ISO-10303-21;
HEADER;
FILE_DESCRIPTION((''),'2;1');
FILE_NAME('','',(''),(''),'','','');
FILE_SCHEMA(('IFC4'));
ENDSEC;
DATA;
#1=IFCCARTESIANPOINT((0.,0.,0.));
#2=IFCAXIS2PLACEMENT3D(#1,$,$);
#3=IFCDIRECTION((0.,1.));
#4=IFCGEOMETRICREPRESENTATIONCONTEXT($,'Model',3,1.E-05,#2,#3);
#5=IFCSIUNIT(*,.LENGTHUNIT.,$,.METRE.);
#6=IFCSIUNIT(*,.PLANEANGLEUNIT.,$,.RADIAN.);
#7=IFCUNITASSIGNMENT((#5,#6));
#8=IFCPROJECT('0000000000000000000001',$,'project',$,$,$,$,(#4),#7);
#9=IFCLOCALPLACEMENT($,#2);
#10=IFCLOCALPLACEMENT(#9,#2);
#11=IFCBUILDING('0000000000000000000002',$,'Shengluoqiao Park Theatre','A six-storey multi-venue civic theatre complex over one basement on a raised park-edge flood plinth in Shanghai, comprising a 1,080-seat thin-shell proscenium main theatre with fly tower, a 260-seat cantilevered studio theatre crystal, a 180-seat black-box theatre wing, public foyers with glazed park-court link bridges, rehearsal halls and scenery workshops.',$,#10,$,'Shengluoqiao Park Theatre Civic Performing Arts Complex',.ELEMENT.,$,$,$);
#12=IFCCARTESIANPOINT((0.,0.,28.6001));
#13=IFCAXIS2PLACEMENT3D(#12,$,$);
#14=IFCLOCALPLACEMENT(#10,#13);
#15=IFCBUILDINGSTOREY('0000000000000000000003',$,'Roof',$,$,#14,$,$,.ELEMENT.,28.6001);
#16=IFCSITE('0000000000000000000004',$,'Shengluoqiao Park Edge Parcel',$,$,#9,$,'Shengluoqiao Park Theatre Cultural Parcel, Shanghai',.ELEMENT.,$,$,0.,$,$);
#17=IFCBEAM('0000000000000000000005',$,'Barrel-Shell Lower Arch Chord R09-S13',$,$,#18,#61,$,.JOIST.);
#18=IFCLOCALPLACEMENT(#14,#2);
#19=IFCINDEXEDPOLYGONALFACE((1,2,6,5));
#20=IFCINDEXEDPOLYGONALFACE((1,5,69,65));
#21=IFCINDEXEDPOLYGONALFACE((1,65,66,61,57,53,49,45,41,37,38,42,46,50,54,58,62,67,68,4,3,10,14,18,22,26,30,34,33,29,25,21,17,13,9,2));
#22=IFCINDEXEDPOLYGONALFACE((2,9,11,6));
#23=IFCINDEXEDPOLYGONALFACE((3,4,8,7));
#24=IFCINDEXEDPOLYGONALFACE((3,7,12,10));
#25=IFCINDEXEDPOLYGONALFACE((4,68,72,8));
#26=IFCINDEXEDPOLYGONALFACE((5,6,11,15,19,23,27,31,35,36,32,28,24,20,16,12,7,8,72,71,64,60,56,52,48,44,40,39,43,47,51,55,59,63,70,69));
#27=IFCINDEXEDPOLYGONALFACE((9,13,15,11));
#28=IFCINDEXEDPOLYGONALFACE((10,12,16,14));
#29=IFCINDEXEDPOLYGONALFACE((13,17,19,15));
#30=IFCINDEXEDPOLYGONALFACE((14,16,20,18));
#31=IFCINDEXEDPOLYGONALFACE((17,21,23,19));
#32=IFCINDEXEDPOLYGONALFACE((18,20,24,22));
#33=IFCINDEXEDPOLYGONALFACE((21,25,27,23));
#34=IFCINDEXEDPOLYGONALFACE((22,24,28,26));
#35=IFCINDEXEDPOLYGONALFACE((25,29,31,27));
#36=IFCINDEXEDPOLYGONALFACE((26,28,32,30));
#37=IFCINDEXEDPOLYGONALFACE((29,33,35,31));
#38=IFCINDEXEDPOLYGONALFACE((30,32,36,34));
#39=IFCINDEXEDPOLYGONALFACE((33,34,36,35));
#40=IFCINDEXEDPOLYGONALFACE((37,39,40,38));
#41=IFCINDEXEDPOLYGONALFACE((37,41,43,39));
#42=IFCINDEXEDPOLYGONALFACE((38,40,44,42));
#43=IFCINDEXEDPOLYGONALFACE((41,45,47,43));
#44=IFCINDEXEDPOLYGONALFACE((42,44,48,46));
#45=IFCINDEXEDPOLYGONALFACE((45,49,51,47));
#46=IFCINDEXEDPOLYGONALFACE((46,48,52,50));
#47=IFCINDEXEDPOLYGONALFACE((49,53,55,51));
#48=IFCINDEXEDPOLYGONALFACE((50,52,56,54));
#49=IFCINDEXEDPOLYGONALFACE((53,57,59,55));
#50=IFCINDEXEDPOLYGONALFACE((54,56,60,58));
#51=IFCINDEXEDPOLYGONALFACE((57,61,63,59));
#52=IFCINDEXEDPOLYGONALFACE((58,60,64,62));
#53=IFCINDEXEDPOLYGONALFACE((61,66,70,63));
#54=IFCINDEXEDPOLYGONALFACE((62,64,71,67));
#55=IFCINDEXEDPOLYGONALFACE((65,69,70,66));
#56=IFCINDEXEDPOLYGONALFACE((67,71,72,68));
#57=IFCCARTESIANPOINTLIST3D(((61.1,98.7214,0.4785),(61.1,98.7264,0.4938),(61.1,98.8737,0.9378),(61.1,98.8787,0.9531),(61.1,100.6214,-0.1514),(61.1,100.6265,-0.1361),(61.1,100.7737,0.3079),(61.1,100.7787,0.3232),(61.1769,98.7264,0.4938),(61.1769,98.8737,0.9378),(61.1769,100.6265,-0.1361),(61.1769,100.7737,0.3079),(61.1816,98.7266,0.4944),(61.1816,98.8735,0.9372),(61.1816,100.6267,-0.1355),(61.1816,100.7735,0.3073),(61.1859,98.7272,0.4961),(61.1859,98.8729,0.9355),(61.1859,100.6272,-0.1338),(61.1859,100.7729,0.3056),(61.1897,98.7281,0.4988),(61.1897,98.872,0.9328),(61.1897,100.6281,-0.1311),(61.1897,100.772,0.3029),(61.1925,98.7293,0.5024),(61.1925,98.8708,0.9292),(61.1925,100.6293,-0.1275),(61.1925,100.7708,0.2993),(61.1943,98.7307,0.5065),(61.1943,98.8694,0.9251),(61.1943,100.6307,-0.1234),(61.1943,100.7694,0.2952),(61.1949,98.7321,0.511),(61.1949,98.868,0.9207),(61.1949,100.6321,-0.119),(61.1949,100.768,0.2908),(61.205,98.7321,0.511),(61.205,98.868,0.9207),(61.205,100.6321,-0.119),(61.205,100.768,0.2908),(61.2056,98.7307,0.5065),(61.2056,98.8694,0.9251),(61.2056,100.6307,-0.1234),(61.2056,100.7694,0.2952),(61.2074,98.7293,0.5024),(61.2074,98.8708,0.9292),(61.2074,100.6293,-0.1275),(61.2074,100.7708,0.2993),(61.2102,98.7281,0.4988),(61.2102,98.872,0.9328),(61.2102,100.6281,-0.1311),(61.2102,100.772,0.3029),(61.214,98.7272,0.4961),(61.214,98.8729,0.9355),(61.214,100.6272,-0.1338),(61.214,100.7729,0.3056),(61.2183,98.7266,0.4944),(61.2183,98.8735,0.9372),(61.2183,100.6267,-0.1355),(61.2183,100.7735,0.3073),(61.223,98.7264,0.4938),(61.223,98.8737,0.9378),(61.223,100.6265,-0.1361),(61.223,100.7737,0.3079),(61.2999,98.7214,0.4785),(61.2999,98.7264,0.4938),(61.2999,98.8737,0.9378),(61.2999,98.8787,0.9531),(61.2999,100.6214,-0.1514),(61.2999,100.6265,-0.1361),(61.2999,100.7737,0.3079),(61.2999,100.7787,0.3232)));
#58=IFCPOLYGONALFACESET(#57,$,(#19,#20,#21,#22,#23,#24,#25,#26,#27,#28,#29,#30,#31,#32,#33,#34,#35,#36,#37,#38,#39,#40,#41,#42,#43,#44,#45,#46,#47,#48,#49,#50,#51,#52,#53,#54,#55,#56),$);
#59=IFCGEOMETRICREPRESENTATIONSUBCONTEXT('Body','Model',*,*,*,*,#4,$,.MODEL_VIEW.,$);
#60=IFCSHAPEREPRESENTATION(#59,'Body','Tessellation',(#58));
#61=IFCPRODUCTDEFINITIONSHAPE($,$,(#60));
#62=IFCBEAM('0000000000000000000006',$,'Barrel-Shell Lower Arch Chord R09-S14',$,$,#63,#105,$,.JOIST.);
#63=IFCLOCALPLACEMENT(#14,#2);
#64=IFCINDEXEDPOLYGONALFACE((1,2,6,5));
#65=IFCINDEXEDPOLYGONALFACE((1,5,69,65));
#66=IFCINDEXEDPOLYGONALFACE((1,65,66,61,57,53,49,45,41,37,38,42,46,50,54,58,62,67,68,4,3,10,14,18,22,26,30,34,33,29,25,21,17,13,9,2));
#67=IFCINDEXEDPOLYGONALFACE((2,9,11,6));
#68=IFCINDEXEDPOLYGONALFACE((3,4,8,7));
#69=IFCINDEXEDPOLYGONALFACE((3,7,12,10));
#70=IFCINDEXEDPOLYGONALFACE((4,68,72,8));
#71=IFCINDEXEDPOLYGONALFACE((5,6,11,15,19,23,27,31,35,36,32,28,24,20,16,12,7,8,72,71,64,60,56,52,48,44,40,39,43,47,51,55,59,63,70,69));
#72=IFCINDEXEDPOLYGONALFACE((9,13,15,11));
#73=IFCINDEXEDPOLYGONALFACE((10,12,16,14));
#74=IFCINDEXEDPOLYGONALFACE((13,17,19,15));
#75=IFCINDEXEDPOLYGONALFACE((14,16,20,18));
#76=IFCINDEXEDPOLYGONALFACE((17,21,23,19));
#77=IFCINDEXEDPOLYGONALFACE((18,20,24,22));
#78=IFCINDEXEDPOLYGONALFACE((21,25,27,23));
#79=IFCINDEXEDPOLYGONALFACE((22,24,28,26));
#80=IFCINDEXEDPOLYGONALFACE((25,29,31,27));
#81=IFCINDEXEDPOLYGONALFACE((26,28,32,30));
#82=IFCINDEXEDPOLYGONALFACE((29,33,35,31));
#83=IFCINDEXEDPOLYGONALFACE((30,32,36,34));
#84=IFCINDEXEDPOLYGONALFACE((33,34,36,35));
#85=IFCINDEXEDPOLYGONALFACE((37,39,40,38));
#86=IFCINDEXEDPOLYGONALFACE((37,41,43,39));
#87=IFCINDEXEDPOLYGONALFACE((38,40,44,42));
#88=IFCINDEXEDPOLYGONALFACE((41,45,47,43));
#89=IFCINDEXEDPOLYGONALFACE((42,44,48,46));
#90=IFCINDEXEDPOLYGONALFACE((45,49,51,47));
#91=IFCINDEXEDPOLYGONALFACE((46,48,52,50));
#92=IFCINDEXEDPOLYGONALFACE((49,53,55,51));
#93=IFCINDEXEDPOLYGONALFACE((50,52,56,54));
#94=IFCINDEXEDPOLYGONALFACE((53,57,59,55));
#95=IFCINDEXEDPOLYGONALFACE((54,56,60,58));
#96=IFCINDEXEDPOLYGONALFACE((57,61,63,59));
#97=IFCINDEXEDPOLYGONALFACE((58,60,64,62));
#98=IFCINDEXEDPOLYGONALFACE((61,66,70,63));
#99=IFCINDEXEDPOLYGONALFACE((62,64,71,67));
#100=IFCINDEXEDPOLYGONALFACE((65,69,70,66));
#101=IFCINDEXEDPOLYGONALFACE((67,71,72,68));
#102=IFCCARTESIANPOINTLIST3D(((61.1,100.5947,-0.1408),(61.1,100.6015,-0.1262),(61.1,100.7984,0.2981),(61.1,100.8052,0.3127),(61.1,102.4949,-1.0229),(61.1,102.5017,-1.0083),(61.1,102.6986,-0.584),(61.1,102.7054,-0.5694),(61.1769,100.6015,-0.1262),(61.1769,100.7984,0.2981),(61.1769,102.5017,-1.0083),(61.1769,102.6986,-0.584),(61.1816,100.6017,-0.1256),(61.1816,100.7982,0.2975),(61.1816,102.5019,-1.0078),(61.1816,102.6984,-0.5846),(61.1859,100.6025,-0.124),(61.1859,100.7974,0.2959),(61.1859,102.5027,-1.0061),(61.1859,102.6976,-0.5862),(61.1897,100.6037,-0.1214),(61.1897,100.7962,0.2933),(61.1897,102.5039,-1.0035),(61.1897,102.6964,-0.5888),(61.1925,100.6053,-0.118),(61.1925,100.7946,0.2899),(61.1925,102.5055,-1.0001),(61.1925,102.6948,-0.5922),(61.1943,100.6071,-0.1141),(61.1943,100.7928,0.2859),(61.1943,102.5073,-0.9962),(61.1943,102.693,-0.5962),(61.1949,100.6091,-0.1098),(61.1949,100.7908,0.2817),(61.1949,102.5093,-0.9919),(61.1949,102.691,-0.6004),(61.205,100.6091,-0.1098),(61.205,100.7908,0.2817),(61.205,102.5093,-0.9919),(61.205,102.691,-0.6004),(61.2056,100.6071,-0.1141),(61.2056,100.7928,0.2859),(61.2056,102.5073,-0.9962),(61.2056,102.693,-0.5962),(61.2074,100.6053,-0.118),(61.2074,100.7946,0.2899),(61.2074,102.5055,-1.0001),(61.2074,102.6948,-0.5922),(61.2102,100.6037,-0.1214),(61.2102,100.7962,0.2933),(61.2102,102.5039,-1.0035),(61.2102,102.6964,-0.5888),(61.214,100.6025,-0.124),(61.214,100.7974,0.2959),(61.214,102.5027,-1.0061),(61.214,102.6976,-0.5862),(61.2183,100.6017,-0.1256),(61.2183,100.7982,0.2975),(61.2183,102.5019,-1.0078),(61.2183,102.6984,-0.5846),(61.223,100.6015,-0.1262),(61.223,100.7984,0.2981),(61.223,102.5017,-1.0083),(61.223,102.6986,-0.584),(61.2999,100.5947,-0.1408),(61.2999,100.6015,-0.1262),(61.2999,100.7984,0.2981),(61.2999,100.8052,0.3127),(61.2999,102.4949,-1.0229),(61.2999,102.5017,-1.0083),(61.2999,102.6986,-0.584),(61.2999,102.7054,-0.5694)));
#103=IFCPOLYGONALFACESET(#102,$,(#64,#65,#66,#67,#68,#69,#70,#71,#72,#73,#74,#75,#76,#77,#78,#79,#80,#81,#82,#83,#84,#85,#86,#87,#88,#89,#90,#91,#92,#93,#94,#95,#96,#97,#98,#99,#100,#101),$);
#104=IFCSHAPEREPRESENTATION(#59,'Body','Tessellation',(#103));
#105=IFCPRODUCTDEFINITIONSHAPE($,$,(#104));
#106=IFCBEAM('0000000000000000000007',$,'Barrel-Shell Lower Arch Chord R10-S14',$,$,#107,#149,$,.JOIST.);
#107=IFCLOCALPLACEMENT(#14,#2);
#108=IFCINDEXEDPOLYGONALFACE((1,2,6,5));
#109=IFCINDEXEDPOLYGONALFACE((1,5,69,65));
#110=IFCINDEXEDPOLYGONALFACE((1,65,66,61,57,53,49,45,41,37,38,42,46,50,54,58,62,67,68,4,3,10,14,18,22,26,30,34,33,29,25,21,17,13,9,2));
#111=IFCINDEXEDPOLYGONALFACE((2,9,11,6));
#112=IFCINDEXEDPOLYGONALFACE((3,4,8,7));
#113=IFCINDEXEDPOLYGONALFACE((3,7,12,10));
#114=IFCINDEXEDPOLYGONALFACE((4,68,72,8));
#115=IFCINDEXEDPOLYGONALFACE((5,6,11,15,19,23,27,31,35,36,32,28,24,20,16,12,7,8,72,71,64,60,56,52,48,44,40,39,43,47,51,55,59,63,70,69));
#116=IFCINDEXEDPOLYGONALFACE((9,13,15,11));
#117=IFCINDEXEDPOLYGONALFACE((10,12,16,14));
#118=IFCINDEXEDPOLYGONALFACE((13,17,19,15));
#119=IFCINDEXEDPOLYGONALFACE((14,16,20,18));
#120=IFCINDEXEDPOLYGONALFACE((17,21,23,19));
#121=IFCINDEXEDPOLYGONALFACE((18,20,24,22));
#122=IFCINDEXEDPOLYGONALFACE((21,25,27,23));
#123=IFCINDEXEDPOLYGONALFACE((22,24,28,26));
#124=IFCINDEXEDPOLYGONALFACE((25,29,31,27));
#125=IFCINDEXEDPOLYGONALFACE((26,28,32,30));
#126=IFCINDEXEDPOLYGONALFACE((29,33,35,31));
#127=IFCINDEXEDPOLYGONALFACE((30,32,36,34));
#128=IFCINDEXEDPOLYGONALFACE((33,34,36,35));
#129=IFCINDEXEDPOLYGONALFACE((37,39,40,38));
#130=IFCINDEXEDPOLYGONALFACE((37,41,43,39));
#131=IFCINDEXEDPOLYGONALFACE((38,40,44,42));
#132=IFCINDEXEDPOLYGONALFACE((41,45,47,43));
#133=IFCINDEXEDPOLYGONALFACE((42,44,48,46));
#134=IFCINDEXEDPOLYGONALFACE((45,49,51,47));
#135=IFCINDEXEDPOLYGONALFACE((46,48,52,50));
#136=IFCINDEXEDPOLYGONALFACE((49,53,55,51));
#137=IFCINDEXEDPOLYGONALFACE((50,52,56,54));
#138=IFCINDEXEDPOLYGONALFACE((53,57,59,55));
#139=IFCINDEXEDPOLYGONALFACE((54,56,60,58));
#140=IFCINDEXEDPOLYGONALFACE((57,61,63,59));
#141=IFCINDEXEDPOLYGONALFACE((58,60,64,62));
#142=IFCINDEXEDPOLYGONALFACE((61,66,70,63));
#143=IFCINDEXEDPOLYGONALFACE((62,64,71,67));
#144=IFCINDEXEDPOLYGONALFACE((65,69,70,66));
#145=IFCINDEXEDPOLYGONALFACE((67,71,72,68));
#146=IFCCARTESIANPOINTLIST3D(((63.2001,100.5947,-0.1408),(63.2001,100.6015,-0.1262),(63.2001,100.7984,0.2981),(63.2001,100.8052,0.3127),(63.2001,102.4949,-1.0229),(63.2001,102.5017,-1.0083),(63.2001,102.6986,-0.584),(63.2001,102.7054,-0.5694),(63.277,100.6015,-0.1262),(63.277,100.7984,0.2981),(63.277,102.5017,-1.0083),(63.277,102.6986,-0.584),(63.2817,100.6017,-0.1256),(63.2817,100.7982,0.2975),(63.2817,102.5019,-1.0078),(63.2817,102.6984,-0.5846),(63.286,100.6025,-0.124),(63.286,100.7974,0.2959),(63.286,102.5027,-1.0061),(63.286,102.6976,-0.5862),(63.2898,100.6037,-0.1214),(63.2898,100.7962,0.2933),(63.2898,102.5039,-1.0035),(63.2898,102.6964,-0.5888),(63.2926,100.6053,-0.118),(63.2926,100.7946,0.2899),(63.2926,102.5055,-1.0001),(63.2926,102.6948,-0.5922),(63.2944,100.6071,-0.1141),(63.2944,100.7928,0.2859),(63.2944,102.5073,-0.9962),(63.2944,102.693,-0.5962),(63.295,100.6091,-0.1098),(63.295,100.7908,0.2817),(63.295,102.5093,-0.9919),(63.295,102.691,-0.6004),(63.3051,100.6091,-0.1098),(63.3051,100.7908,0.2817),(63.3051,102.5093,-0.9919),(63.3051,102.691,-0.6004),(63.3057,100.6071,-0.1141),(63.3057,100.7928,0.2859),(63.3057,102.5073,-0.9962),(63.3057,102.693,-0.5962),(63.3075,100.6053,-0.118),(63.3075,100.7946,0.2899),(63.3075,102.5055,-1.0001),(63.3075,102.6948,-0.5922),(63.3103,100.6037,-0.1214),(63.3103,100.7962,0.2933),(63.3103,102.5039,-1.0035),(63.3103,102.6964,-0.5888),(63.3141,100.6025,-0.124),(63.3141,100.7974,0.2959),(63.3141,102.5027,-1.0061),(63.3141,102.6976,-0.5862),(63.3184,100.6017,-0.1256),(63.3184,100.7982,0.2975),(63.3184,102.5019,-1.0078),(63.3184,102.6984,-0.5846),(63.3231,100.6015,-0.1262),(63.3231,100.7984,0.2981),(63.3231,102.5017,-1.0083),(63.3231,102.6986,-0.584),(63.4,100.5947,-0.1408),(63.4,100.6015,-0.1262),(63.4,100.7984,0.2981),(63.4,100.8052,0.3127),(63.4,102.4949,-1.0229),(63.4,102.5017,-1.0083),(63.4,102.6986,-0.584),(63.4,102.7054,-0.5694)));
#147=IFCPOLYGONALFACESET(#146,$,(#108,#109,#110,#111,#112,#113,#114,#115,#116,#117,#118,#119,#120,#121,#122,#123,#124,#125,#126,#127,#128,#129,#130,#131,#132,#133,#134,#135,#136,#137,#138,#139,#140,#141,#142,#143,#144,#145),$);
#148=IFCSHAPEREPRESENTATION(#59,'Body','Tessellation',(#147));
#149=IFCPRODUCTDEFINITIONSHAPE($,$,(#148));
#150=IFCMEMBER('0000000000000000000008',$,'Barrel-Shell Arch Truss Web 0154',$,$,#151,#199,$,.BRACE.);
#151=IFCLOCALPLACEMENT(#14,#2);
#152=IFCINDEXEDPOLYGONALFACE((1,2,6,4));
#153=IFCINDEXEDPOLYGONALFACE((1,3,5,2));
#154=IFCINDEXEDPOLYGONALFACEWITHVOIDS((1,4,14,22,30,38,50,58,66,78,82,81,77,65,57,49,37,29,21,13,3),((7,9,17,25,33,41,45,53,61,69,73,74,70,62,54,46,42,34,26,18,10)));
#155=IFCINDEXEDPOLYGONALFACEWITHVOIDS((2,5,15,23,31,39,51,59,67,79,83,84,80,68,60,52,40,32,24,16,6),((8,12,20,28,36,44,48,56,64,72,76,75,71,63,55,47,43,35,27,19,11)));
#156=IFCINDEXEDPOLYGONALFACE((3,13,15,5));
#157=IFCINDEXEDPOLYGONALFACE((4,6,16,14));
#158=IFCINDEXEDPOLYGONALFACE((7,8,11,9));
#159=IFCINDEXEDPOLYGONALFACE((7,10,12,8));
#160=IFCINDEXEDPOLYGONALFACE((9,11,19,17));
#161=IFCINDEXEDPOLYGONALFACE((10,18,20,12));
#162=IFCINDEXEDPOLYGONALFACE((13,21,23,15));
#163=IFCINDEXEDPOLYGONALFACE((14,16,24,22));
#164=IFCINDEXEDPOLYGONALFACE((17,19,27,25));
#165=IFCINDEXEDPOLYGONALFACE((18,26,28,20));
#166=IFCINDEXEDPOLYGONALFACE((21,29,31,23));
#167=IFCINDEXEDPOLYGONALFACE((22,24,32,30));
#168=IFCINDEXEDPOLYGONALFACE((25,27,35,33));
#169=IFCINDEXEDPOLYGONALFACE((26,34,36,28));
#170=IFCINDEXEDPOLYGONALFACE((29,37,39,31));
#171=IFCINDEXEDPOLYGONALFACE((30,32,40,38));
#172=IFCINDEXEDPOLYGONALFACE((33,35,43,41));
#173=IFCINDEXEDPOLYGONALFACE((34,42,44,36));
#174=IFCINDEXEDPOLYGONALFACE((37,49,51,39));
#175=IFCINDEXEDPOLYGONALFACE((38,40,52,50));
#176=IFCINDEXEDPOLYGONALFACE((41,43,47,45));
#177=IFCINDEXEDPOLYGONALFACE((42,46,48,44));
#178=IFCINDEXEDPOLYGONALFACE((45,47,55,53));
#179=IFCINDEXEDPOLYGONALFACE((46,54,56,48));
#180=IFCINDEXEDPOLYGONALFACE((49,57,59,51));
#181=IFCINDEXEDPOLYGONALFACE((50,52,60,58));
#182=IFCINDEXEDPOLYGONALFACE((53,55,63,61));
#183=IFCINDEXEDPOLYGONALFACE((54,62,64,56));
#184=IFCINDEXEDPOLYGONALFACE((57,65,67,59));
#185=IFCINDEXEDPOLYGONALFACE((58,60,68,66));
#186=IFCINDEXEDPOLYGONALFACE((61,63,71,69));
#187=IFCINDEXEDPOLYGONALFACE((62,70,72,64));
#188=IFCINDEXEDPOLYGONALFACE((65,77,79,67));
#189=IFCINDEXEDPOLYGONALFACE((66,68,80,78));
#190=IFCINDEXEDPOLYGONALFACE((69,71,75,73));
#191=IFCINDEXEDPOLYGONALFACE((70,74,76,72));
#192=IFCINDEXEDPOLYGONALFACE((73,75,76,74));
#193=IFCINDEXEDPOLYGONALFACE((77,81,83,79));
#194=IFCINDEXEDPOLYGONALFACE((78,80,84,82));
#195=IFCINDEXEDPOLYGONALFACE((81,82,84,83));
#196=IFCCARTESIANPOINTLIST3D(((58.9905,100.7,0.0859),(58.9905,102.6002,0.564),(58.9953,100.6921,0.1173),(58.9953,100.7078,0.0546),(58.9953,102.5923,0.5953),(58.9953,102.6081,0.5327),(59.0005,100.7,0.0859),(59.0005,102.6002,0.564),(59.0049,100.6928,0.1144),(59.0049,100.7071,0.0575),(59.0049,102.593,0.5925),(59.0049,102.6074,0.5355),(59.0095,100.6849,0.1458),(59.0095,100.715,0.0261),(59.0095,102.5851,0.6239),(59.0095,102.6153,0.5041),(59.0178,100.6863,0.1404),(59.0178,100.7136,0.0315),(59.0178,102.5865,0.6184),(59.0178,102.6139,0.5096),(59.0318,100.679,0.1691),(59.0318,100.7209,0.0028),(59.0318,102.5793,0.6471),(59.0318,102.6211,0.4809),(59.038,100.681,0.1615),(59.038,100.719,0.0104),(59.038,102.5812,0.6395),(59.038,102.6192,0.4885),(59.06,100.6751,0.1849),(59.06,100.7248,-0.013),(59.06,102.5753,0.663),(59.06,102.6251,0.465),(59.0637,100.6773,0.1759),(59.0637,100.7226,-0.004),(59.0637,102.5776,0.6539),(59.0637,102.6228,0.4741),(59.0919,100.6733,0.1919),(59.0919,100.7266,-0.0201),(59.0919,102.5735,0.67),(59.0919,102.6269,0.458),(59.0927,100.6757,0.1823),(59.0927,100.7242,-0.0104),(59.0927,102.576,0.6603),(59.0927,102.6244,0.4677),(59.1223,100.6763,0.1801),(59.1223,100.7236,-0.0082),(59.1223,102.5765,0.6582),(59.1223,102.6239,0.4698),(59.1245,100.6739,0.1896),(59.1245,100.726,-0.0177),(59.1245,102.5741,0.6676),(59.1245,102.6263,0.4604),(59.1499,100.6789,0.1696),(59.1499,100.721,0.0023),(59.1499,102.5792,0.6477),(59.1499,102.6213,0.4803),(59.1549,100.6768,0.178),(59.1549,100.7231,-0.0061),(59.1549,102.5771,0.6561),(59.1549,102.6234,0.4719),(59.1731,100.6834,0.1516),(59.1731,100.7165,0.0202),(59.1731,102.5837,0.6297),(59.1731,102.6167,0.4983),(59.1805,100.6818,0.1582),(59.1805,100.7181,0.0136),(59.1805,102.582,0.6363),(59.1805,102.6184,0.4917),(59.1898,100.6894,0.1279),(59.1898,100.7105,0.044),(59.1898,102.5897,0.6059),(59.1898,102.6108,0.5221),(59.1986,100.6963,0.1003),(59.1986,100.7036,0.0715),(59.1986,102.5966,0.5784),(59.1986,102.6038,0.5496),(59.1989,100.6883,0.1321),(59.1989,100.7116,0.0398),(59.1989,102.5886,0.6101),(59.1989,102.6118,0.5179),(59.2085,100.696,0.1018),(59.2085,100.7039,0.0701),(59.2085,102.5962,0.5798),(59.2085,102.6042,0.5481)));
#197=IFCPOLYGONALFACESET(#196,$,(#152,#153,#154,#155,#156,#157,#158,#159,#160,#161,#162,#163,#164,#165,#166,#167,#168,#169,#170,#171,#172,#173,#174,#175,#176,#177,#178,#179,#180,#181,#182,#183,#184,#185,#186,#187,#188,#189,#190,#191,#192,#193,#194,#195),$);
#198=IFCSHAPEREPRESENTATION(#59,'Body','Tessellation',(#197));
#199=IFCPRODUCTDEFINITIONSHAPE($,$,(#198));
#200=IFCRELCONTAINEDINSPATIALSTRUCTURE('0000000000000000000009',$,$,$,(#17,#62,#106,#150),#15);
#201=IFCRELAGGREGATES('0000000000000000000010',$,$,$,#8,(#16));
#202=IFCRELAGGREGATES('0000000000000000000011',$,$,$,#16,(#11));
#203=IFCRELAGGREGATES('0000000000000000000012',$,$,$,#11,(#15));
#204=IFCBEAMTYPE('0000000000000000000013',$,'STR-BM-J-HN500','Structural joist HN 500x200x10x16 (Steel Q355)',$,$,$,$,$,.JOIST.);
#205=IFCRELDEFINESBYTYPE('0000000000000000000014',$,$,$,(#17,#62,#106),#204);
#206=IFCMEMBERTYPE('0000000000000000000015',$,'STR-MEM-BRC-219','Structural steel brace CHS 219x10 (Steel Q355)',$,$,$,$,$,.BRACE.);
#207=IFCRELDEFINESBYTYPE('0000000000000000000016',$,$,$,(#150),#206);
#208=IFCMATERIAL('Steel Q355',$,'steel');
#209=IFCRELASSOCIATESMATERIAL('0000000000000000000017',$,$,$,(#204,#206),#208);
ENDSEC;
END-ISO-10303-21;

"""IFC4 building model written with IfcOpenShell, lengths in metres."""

from ifc_helpers import new_model, si_unit, direction, frame, origin, origin_2d, place, context, subcontext, project, spatial, hollow_circle, i_section, extrude, material, material_profile, profile_set, type_object, element, save


model = new_model("IFC4")

# Units and contexts
model_context = context("Model", 3, precision=1e-05, world=origin(), true_north=direction((0.0, 1.0)))
body_context = subcontext(model_context, "Body", "Model", "MODEL_VIEW")
ifc_project = project(units=[si_unit("LENGTHUNIT", "METRE"), si_unit("PLANEANGLEUNIT", "RADIAN")], contexts=[model_context])

# Site, building, storey
site_placement = place(None, origin())
site = spatial("IfcSite", under=ifc_project, at=site_placement, Name="Shengluoqiao Park Edge Parcel", LongName="Shengluoqiao Park Theatre Cultural Parcel, Shanghai", CompositionType="ELEMENT", RefElevation=0.0)
building_placement = place(site_placement, origin())
building = spatial("IfcBuilding", under=site, at=building_placement, Name="Shengluoqiao Park Theatre", Description="A six-storey multi-venue civic theatre complex over one basement on a raised park-edge flood plinth in Shanghai, comprising a 1,080-seat thin-shell proscenium main theatre with fly tower, a 260-seat cantilevered studio theatre crystal, a 180-seat black-box theatre wing, public foyers with glazed park-court link bridges, rehearsal halls and scenery workshops.", LongName="Shengluoqiao Park Theatre Civic Performing Arts Complex", CompositionType="ELEMENT")
storey_placement = place(building_placement, frame((0.0, 0.0, 28.6001)))
storey = spatial("IfcBuildingStorey", under=building, at=storey_placement, Name="Roof", CompositionType="ELEMENT", Elevation=28.6001)

# Beams
ifc_material_1 = material(Name="Steel Q355", Category="steel")
ifc_material_profile_1 = material_profile(ifc_material_1, i_section(OverallWidth=0.2, OverallDepth=0.5, WebThickness=0.01, FlangeThickness=0.0161, FilletRadius=0.0181, at=origin_2d()), Name="HN 500x200x10x16")
ifc_profile_set_1 = profile_set([ifc_material_profile_1], Name="Steel Q355")
beam_type_1 = type_object("IfcBeamType", Name="STR-BM-J-HN500", Description="Structural joist HN 500x200x10x16 (Steel Q355)", PredefinedType="JOIST", material=ifc_profile_set_1)
beam_1_placement = place(storey_placement, frame((61.2, 98.8, 0.7158), z_axis=(0.0, 0.949194, -0.31469), x_axis=(-1.0, 0.0, 0.0)))
element("IfcBeam", 1, at=beam_1_placement, inside=storey, type_object=beam_type_1, Name="Barrel-Shell Lower Arch Chord R09-S13", PredefinedType="JOIST", context=body_context, shape_type="SweptSolid", body=[
    extrude(i_section(OverallWidth=0.2, OverallDepth=0.5, WebThickness=0.01, FlangeThickness=0.0161, FilletRadius=0.0181, at=origin_2d()), origin(), (0.0, 0.0, 1.0), 2.0017),
])
for number, where, z_axis, x_axis, name in (
    (2, (61.2, 100.7, 0.0859), (0.0, 0.907033, -0.42106), (-1.0, 0.0, 0.0), "Barrel-Shell Lower Arch Chord R09-S14"),
    (3, (63.3, 100.7, 0.0859), (0.0, 0.907033, -0.42106), (-1.0, 0.0, 0.0), "Barrel-Shell Lower Arch Chord R10-S14"),
):
    element("IfcBeam", number, at=place(storey_placement, frame(where, z_axis=z_axis, x_axis=x_axis)), inside=storey, type_object=beam_type_1, Name=name, PredefinedType="JOIST", context=body_context, shape_type="SweptSolid", body=[
        extrude(i_section(OverallWidth=0.2, OverallDepth=0.5, WebThickness=0.01, FlangeThickness=0.0161, FilletRadius=0.0181, at=origin_2d()), origin(), (0.0, 0.0, 1.0), 2.095),
    ])

# Member
ifc_material_profile_2 = material_profile(ifc_material_1, hollow_circle(Radius=0.1096, WallThickness=0.01, at=origin_2d()), Name="CHS 219x10")
ifc_profile_set_2 = profile_set([ifc_material_profile_2], Name="Steel Q355")
member_type_1 = type_object("IfcMemberType", Name="STR-MEM-BRC-219", Description="Structural steel brace CHS 219x10 (Steel Q355)", PredefinedType="BRACE", material=ifc_profile_set_2)
member_1_placement = place(storey_placement, frame((59.1001, 100.7, 0.0859), z_axis=(0.0, 0.969782, 0.243972), x_axis=(-1.0, 0.0, 0.0)))
element("IfcMember", 4, at=member_1_placement, inside=storey, type_object=member_type_1, Name="Barrel-Shell Arch Truss Web 0154", PredefinedType="BRACE", context=body_context, shape_type="SweptSolid", body=[
    extrude(hollow_circle(Radius=0.1096, WallThickness=0.01, at=origin_2d()), origin(), (0.0, 0.0, 1.0), 1.9595),
])

save(model, "model.ifc")
